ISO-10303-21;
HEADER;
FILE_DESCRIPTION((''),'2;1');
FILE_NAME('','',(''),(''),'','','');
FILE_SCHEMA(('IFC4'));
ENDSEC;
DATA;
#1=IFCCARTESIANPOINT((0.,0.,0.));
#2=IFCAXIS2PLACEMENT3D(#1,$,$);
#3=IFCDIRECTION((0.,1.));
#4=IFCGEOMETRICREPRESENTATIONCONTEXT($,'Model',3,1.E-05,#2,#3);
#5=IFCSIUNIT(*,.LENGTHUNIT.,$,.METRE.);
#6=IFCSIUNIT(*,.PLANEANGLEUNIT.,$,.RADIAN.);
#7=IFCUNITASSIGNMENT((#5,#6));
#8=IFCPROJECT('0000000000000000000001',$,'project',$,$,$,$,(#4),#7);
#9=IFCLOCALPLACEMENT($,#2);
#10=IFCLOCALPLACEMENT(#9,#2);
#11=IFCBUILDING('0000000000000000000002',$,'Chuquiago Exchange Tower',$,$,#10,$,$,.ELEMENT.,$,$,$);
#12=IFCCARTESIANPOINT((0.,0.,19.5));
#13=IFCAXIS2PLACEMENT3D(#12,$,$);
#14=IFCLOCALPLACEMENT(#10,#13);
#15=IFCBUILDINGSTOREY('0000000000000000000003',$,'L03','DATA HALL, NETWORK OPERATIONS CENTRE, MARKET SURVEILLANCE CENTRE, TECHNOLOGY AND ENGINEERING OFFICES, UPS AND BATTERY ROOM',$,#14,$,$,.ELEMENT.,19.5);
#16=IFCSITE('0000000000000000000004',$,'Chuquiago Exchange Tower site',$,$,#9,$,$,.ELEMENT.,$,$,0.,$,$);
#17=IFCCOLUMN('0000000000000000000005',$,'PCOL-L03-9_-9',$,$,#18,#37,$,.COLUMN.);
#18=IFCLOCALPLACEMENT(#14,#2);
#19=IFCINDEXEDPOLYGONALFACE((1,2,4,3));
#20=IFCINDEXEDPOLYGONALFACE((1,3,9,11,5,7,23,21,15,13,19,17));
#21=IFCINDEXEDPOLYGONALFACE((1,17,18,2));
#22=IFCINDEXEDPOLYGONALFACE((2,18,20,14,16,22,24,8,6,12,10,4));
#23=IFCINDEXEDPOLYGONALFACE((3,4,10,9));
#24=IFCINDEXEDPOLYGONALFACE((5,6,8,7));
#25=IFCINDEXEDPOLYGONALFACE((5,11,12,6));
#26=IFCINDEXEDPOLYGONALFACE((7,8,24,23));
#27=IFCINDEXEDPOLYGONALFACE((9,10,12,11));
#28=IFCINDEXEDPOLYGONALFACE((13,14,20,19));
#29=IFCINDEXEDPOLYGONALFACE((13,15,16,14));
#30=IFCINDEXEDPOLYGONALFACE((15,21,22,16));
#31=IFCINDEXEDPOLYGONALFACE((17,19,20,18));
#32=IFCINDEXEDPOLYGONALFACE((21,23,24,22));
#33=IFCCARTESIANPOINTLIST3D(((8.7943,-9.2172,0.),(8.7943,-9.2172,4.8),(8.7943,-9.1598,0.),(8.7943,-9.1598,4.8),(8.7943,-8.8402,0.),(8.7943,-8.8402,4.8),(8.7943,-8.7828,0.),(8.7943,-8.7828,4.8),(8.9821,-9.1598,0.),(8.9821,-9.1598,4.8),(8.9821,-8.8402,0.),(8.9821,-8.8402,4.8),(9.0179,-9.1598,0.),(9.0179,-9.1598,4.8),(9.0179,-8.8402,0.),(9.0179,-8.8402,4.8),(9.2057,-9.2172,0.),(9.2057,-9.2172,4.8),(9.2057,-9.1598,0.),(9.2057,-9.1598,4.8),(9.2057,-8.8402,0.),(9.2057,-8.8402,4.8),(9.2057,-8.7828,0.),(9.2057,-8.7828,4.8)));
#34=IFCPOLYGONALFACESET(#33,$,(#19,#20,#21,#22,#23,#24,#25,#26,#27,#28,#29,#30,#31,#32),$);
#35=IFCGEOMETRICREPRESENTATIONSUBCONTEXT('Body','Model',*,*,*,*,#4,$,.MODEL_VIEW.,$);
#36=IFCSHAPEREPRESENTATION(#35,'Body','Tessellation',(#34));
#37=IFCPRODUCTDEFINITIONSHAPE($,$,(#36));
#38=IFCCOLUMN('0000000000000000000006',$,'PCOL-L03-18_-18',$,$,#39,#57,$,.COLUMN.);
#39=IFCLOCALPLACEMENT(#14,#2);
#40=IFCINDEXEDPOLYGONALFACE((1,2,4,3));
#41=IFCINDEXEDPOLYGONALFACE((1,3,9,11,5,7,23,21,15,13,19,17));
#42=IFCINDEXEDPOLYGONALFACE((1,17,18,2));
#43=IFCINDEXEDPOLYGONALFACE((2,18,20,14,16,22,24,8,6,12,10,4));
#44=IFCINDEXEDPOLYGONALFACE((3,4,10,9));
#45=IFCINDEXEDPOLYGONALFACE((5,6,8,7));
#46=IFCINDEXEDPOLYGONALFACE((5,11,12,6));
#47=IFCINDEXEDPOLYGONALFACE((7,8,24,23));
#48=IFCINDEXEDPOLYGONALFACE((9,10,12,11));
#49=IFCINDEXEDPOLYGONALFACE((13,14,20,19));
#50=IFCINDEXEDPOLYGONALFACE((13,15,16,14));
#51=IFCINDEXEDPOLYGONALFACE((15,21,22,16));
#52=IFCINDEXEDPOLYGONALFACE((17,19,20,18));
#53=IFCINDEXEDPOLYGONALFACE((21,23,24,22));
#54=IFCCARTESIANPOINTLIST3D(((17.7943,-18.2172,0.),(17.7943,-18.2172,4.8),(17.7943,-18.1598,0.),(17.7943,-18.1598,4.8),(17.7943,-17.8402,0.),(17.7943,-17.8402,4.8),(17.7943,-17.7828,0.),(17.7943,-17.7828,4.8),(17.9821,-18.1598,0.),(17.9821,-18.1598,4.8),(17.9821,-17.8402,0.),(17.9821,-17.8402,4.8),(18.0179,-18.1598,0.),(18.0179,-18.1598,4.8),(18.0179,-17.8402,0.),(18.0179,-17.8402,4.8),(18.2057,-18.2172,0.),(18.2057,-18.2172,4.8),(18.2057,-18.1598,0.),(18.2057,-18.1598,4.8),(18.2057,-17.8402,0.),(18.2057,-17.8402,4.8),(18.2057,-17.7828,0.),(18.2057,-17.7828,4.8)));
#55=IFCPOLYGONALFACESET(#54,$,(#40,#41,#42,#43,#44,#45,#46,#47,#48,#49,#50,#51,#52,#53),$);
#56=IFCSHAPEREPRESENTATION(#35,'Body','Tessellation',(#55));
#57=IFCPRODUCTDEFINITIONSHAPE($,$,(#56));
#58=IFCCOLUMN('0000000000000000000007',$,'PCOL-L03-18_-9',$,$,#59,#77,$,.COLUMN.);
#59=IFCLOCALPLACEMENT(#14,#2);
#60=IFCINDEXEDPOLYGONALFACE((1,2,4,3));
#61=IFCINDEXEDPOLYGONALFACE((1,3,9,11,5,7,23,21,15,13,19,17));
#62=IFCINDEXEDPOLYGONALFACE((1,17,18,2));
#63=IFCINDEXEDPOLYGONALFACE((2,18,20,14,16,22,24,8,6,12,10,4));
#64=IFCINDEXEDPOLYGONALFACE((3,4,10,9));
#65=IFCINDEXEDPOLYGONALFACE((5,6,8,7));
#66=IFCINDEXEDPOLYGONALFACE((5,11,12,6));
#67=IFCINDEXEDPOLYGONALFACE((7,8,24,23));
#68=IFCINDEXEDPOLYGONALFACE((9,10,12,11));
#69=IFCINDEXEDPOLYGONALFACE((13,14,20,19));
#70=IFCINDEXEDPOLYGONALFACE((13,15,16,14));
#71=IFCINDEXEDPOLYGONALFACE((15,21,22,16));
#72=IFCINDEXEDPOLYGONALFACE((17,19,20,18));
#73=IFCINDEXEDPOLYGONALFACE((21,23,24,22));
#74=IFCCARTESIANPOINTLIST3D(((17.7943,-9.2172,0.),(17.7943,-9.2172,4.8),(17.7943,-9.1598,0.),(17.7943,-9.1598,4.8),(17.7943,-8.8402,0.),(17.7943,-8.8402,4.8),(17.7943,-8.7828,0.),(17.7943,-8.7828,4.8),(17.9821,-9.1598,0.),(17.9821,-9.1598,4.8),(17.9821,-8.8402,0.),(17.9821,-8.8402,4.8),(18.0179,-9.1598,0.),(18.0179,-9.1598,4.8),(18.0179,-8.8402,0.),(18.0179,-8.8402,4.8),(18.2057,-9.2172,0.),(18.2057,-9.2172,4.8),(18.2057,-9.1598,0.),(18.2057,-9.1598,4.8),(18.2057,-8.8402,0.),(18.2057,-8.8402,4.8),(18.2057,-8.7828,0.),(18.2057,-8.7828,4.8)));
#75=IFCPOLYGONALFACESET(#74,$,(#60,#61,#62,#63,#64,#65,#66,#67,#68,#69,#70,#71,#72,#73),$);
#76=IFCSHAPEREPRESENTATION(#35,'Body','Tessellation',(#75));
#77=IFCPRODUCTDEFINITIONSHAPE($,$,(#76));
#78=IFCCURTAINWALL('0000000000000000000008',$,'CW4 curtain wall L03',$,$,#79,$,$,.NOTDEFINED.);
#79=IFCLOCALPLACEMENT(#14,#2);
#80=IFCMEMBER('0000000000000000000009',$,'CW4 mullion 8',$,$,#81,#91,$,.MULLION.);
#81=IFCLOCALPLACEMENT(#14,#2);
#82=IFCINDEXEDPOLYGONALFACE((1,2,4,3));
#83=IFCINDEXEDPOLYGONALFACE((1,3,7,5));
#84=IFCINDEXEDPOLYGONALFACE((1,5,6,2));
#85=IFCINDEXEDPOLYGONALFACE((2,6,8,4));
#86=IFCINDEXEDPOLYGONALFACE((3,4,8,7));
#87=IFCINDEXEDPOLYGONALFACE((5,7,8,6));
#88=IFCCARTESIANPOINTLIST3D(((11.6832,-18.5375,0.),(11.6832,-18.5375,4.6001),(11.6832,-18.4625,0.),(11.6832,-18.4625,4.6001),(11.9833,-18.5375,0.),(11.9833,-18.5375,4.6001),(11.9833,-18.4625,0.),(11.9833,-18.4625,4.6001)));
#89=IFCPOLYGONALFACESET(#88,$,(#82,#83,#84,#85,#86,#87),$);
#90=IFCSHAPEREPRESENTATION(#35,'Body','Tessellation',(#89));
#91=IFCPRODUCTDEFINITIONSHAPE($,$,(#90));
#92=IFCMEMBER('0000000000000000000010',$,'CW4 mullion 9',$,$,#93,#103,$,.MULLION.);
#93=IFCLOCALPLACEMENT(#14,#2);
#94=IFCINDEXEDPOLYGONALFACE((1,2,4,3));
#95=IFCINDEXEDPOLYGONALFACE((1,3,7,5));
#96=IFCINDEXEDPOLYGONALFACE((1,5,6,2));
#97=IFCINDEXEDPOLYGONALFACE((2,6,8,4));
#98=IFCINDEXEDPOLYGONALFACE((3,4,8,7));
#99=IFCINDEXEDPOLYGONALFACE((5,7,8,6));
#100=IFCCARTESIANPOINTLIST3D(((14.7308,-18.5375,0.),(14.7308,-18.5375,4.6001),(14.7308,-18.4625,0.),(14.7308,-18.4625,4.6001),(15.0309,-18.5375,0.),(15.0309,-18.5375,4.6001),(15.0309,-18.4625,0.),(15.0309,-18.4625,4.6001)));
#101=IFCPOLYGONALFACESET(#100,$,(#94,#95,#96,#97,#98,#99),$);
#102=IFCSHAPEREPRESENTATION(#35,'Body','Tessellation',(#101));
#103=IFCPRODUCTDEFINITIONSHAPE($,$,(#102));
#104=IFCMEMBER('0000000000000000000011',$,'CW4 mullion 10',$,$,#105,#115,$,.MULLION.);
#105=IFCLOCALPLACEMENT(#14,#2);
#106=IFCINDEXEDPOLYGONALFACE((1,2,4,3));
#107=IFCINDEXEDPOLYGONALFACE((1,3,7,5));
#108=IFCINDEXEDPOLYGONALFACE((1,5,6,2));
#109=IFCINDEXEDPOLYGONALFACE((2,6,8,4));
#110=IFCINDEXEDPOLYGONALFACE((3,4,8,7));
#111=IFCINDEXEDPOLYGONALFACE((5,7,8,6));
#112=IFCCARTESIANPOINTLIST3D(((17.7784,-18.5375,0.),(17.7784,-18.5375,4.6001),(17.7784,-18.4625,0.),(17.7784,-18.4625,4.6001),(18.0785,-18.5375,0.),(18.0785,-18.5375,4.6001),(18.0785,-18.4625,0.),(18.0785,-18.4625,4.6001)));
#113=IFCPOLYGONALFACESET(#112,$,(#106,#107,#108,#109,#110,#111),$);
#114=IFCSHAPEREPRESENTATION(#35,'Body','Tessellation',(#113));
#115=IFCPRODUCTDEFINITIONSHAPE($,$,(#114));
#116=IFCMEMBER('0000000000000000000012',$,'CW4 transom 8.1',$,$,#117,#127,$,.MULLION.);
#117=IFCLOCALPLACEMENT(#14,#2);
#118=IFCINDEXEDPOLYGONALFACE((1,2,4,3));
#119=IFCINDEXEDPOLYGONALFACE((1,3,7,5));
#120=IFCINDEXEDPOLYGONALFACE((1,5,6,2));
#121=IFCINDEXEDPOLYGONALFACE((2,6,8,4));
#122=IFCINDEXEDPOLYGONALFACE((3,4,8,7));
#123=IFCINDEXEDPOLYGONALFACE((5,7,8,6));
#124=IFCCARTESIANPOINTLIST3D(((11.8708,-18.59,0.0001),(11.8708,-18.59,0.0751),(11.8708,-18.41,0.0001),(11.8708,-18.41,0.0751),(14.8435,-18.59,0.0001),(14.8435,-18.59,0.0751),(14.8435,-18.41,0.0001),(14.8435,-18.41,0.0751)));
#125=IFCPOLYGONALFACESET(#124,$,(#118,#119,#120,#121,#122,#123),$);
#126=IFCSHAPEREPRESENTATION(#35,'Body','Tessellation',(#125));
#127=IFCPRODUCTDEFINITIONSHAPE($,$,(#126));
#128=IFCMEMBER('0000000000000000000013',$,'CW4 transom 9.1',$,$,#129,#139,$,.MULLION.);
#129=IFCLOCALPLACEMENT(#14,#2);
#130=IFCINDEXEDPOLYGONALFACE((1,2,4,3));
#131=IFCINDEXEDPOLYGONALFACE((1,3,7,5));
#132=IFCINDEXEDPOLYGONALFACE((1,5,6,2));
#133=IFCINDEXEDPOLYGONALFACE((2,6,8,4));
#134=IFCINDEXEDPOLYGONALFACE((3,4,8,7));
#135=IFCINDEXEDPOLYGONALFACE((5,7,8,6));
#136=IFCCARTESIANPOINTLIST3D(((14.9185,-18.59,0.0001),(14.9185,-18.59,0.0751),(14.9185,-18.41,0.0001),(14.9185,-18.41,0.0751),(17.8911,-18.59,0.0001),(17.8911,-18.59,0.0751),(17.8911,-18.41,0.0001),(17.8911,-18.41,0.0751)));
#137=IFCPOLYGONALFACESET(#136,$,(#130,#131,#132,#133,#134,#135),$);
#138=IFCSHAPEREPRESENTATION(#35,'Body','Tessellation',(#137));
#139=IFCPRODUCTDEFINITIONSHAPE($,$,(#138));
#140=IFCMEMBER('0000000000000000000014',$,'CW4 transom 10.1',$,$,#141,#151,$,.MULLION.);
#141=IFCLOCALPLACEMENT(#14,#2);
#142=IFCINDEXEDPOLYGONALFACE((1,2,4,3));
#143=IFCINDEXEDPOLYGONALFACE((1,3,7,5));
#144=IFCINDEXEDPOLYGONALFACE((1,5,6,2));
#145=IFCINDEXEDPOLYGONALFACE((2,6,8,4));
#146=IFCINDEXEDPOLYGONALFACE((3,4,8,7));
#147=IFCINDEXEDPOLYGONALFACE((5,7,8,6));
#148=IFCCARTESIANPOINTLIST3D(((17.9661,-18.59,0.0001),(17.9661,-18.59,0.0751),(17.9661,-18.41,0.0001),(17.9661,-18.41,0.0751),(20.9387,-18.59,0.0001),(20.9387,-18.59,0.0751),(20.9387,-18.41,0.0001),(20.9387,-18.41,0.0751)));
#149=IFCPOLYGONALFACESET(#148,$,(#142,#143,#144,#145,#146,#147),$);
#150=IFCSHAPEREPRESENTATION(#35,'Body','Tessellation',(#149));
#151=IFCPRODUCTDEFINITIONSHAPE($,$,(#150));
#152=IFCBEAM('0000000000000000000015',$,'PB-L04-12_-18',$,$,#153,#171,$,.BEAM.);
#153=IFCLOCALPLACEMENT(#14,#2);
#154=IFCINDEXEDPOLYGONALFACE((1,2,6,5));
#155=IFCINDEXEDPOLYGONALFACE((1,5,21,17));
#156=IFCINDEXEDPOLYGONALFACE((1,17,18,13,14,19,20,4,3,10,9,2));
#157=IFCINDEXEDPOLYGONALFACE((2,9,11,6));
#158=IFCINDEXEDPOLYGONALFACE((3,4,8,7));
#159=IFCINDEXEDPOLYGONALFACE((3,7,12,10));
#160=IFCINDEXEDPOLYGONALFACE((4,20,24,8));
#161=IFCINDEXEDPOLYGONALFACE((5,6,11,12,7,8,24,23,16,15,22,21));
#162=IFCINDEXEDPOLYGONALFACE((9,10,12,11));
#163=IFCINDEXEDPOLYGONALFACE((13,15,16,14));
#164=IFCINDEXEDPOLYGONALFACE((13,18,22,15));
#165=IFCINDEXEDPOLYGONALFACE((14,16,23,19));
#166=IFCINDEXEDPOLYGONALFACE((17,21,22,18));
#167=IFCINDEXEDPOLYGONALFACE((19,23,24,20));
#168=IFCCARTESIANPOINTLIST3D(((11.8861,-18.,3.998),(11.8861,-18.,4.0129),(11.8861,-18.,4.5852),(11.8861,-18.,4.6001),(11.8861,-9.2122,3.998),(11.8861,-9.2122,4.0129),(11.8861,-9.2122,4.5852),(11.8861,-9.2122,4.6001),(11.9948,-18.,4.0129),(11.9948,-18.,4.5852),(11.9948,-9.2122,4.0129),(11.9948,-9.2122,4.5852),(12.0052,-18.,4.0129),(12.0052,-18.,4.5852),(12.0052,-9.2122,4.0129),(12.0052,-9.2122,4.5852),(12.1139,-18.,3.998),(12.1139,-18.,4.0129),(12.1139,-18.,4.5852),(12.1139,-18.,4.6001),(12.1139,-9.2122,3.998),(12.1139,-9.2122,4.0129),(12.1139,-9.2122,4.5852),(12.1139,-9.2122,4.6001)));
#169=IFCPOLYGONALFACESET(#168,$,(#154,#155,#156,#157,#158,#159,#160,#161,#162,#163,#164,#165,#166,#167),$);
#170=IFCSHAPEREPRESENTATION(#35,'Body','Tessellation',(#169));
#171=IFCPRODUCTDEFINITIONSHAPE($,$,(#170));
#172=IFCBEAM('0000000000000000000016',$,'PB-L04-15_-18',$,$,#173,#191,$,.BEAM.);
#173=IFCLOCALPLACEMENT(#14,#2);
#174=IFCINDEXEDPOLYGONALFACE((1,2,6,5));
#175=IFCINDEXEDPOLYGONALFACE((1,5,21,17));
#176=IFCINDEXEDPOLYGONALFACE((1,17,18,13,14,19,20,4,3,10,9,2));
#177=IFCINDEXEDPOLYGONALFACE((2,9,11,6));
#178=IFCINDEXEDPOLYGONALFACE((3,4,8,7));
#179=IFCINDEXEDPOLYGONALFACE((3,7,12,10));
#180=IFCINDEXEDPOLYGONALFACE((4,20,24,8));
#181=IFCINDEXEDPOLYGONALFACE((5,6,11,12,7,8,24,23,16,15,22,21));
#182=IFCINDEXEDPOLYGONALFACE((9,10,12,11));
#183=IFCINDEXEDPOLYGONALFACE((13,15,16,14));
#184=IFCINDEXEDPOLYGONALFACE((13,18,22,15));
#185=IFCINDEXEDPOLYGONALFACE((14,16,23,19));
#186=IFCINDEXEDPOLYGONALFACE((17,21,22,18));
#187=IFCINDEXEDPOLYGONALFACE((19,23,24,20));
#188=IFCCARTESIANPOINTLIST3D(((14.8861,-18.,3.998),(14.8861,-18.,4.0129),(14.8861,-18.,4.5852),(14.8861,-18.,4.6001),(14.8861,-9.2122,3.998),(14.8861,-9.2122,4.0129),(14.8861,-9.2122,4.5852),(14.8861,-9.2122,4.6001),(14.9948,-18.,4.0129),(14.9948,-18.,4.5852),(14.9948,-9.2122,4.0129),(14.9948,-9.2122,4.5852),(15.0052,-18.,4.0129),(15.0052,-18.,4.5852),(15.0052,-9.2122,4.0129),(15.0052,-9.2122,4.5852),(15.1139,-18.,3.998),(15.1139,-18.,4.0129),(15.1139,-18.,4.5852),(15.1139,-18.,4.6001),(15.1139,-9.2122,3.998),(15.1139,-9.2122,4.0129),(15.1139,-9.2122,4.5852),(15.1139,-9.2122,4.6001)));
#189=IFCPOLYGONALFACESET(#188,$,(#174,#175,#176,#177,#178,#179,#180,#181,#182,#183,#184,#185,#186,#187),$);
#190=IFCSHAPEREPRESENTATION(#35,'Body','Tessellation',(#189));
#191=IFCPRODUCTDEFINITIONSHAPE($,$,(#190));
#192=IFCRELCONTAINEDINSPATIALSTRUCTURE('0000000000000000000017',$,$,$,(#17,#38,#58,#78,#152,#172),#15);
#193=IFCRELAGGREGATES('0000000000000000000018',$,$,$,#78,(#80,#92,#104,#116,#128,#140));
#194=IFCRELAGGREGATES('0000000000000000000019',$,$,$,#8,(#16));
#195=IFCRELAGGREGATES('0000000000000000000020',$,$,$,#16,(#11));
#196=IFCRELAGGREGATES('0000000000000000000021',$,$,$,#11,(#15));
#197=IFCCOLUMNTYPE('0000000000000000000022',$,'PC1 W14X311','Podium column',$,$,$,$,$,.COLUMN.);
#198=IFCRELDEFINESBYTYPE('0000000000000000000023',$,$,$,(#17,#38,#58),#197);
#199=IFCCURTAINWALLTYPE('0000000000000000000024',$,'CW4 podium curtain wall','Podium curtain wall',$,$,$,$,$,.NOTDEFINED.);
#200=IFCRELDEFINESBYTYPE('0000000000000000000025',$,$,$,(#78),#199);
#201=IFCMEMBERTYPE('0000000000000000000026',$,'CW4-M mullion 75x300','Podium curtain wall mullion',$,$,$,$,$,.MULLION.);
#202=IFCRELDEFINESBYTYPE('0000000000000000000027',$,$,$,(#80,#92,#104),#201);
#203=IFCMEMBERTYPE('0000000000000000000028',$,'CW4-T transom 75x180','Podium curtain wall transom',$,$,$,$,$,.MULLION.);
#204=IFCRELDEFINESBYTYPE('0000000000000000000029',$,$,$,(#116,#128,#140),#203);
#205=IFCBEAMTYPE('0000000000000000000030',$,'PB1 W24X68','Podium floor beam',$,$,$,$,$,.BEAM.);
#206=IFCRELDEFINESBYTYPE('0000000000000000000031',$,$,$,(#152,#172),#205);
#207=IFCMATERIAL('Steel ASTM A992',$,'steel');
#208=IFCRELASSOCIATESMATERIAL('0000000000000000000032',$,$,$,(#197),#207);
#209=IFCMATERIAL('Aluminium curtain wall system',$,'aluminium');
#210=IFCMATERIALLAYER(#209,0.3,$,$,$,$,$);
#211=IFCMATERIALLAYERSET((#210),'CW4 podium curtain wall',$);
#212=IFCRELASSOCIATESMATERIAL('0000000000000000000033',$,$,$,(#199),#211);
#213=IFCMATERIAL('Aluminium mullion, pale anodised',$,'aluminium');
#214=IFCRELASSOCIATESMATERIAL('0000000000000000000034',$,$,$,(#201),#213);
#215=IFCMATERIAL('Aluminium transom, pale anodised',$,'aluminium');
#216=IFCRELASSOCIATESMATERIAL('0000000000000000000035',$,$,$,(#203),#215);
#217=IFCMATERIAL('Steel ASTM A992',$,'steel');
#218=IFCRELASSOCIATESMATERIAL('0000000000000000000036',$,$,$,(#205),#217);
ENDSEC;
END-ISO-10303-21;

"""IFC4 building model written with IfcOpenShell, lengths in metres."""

from ifc_helpers import new_model, si_unit, direction, frame, origin, origin_2d, place, context, subcontext, project, spatial, rectangle, i_section, extrude, material, layer, layer_set, material_profile, profile_set, type_object, element, aggregate, save


model = new_model("IFC4")

# Units and contexts
model_context = context("Model", 3, precision=1e-05, world=origin(), true_north=direction((0.0, 1.0)))
body_context = subcontext(model_context, "Body", "Model", "MODEL_VIEW")
ifc_project = project(units=[si_unit("LENGTHUNIT", "METRE"), si_unit("PLANEANGLEUNIT", "RADIAN")], contexts=[model_context])

# Site, building, storey
site_placement = place(None, origin())
site = spatial("IfcSite", under=ifc_project, at=site_placement, Name="Chuquiago Exchange Tower site", CompositionType="ELEMENT", RefElevation=0.0)
building_placement = place(site_placement, origin())
building = spatial("IfcBuilding", under=site, at=building_placement, Name="Chuquiago Exchange Tower", CompositionType="ELEMENT")
storey_placement = place(building_placement, frame((0.0, 0.0, 19.5)))
storey = spatial("IfcBuildingStorey", under=building, at=storey_placement, Name="L03", Description="DATA HALL, NETWORK OPERATIONS CENTRE, MARKET SURVEILLANCE CENTRE, TECHNOLOGY AND ENGINEERING OFFICES, UPS AND BATTERY ROOM", CompositionType="ELEMENT", Elevation=19.5)

# Columns
ifc_material_1 = material(Name="Steel ASTM A992", Category="steel")
ifc_material_profile_1 = material_profile(ifc_material_1, i_section(OverallWidth=0.4114, OverallDepth=0.4343, WebThickness=0.0359, FlangeThickness=0.0574, at=origin_2d()), Name="W14X311")
ifc_profile_set_1 = profile_set([ifc_material_profile_1], Name="Steel ASTM A992")
column_type = type_object("IfcColumnType", Name="PC1 W14X311", Description="Podium column", PredefinedType="COLUMN", material=ifc_profile_set_1)
for number, where, z_axis, x_axis, name in (
    (1, (9.0, -9.0, 0.0), (0.0, 0.0, 1.0), (1.0, 0.0, 0.0), "PCOL-L03-9_-9"),
    (2, (18.0, -18.0, 0.0), (0.0, 0.0, 1.0), (1.0, 0.0, 0.0), "PCOL-L03-18_-18"),
    (3, (18.0, -9.0, 0.0), (0.0, 0.0, 1.0), (1.0, 0.0, 0.0), "PCOL-L03-18_-9"),
):
    element("IfcColumn", number, at=place(storey_placement, frame(where, z_axis=z_axis, x_axis=x_axis)), inside=storey, type_object=column_type, Name=name, PredefinedType="COLUMN", context=body_context, shape_type="SweptSolid", body=[
        extrude(i_section(OverallWidth=0.4114, OverallDepth=0.4343, WebThickness=0.0359, FlangeThickness=0.0574, at=origin_2d()), origin(), (0.0, 0.0, 1.0), 4.8),
    ])

# Curtain wall, members
ifc_material_2 = material(Name="Aluminium curtain wall system", Category="aluminium")
ifc_layer_1 = layer(ifc_material_2, 0.3)
ifc_layer_set_1 = layer_set([ifc_layer_1], Name="CW4 podium curtain wall")
curtain_wall_type = type_object("IfcCurtainWallType", Name="CW4 podium curtain wall", Description="Podium curtain wall", PredefinedType="NOTDEFINED", material=ifc_layer_set_1)
curtain_wall_placement = place(storey_placement, origin())
curtain_wall = element("IfcCurtainWall", 4, at=curtain_wall_placement, inside=storey, type_object=curtain_wall_type, Name="CW4 curtain wall L03", PredefinedType="NOTDEFINED")
ifc_material_3 = material(Name="Aluminium mullion, pale anodised", Category="aluminium")
ifc_material_profile_2 = material_profile(ifc_material_3, rectangle(XDim=0.075, YDim=0.3, at=origin_2d()), Name="AL 75x300")
ifc_profile_set_2 = profile_set([ifc_material_profile_2], Name="Aluminium mullion, pale anodised")
member_type_1 = type_object("IfcMemberType", Name="CW4-M mullion 75x300", Description="Podium curtain wall mullion", PredefinedType="MULLION", material=ifc_profile_set_2)
member_1_placement = place(storey_placement, frame((11.8333, -18.5, 0.0), z_axis=(0.0, 0.0, 1.0), x_axis=(0.0, 1.0, 0.0)))
member_1 = element("IfcMember", 5, at=member_1_placement, type_object=member_type_1, Name="CW4 mullion 8", PredefinedType="MULLION", context=body_context, shape_type="SweptSolid", body=[
    extrude(rectangle(XDim=0.075, YDim=0.3, at=origin_2d()), origin(), (0.0, 0.0, 1.0), 4.6001),
])
member_2_placement = place(storey_placement, frame((14.8809, -18.5, 0.0), z_axis=(0.0, 0.0, 1.0), x_axis=(0.0, 1.0, 0.0)))
member_2 = element("IfcMember", 6, at=member_2_placement, type_object=member_type_1, Name="CW4 mullion 9", PredefinedType="MULLION", context=body_context, shape_type="SweptSolid", body=[
    extrude(rectangle(XDim=0.075, YDim=0.3, at=origin_2d()), origin(), (0.0, 0.0, 1.0), 4.6001),
])
member_3_placement = place(storey_placement, frame((17.9285, -18.5, 0.0), z_axis=(0.0, 0.0, 1.0), x_axis=(0.0, 1.0, 0.0)))
member_3 = element("IfcMember", 7, at=member_3_placement, type_object=member_type_1, Name="CW4 mullion 10", PredefinedType="MULLION", context=body_context, shape_type="SweptSolid", body=[
    extrude(rectangle(XDim=0.075, YDim=0.3, at=origin_2d()), origin(), (0.0, 0.0, 1.0), 4.6001),
])
ifc_material_4 = material(Name="Aluminium transom, pale anodised", Category="aluminium")
ifc_material_profile_3 = material_profile(ifc_material_4, rectangle(XDim=0.1799, YDim=0.075, at=origin_2d()), Name="AL 180x75")
ifc_profile_set_3 = profile_set([ifc_material_profile_3], Name="Aluminium transom, pale anodised")
member_type_2 = type_object("IfcMemberType", Name="CW4-T transom 75x180", Description="Podium curtain wall transom", PredefinedType="MULLION", material=ifc_profile_set_3)
member_4_placement = place(storey_placement, frame((11.8708, -18.5, 0.0376), z_axis=(1.0, 0.0, 0.0), x_axis=(0.0, 1.0, 0.0)))
member_4 = element("IfcMember", 8, at=member_4_placement, type_object=member_type_2, Name="CW4 transom 8.1", PredefinedType="MULLION", context=body_context, shape_type="SweptSolid", body=[
    extrude(rectangle(XDim=0.1799, YDim=0.075, at=origin_2d()), origin(), (0.0, 0.0, 1.0), 2.9727),
])
member_5_placement = place(storey_placement, frame((14.9185, -18.5, 0.0376), z_axis=(1.0, 0.0, 0.0), x_axis=(0.0, 1.0, 0.0)))
member_5 = element("IfcMember", 9, at=member_5_placement, type_object=member_type_2, Name="CW4 transom 9.1", PredefinedType="MULLION", context=body_context, shape_type="SweptSolid", body=[
    extrude(rectangle(XDim=0.1799, YDim=0.075, at=origin_2d()), origin(), (0.0, 0.0, 1.0), 2.9727),
])
member_6_placement = place(storey_placement, frame((17.9661, -18.5, 0.0376), z_axis=(1.0, 0.0, 0.0), x_axis=(0.0, 1.0, 0.0)))
member_6 = element("IfcMember", 10, at=member_6_placement, type_object=member_type_2, Name="CW4 transom 10.1", PredefinedType="MULLION", context=body_context, shape_type="SweptSolid", body=[
    extrude(rectangle(XDim=0.1799, YDim=0.075, at=origin_2d()), origin(), (0.0, 0.0, 1.0), 2.9727),
])

# Beams
ifc_material_5 = material(Name="Steel ASTM A992", Category="steel")
ifc_material_profile_4 = material_profile(ifc_material_5, i_section(OverallWidth=0.2278, OverallDepth=0.6021, WebThickness=0.0105, FlangeThickness=0.0149, at=origin_2d()), Name="W24X68")
ifc_profile_set_4 = profile_set([ifc_material_profile_4], Name="Steel ASTM A992")
beam_type_1 = type_object("IfcBeamType", Name="PB1 W24X68", Description="Podium floor beam", PredefinedType="BEAM", material=ifc_profile_set_4)
for number, where, z_axis, x_axis, name in (
    (11, (12.0, -18.0, 4.2991), (0.0, 1.0, 0.0), (-1.0, 0.0, 0.0), "PB-L04-12_-18"),
    (12, (15.0, -18.0, 4.2991), (0.0, 1.0, 0.0), (-1.0, 0.0, 0.0), "PB-L04-15_-18"),
):
    element("IfcBeam", number, at=place(storey_placement, frame(where, z_axis=z_axis, x_axis=x_axis)), inside=storey, type_object=beam_type_1, Name=name, PredefinedType="BEAM", context=body_context, shape_type="SweptSolid", body=[
        extrude(i_section(OverallWidth=0.2278, OverallDepth=0.6021, WebThickness=0.0105, FlangeThickness=0.0149, at=origin_2d()), origin(), (0.0, 0.0, 1.0), 8.7878),
    ])

aggregate(curtain_wall, [member_1, member_2, member_3, member_4, member_5, member_6])

save(model, "model.ifc")
